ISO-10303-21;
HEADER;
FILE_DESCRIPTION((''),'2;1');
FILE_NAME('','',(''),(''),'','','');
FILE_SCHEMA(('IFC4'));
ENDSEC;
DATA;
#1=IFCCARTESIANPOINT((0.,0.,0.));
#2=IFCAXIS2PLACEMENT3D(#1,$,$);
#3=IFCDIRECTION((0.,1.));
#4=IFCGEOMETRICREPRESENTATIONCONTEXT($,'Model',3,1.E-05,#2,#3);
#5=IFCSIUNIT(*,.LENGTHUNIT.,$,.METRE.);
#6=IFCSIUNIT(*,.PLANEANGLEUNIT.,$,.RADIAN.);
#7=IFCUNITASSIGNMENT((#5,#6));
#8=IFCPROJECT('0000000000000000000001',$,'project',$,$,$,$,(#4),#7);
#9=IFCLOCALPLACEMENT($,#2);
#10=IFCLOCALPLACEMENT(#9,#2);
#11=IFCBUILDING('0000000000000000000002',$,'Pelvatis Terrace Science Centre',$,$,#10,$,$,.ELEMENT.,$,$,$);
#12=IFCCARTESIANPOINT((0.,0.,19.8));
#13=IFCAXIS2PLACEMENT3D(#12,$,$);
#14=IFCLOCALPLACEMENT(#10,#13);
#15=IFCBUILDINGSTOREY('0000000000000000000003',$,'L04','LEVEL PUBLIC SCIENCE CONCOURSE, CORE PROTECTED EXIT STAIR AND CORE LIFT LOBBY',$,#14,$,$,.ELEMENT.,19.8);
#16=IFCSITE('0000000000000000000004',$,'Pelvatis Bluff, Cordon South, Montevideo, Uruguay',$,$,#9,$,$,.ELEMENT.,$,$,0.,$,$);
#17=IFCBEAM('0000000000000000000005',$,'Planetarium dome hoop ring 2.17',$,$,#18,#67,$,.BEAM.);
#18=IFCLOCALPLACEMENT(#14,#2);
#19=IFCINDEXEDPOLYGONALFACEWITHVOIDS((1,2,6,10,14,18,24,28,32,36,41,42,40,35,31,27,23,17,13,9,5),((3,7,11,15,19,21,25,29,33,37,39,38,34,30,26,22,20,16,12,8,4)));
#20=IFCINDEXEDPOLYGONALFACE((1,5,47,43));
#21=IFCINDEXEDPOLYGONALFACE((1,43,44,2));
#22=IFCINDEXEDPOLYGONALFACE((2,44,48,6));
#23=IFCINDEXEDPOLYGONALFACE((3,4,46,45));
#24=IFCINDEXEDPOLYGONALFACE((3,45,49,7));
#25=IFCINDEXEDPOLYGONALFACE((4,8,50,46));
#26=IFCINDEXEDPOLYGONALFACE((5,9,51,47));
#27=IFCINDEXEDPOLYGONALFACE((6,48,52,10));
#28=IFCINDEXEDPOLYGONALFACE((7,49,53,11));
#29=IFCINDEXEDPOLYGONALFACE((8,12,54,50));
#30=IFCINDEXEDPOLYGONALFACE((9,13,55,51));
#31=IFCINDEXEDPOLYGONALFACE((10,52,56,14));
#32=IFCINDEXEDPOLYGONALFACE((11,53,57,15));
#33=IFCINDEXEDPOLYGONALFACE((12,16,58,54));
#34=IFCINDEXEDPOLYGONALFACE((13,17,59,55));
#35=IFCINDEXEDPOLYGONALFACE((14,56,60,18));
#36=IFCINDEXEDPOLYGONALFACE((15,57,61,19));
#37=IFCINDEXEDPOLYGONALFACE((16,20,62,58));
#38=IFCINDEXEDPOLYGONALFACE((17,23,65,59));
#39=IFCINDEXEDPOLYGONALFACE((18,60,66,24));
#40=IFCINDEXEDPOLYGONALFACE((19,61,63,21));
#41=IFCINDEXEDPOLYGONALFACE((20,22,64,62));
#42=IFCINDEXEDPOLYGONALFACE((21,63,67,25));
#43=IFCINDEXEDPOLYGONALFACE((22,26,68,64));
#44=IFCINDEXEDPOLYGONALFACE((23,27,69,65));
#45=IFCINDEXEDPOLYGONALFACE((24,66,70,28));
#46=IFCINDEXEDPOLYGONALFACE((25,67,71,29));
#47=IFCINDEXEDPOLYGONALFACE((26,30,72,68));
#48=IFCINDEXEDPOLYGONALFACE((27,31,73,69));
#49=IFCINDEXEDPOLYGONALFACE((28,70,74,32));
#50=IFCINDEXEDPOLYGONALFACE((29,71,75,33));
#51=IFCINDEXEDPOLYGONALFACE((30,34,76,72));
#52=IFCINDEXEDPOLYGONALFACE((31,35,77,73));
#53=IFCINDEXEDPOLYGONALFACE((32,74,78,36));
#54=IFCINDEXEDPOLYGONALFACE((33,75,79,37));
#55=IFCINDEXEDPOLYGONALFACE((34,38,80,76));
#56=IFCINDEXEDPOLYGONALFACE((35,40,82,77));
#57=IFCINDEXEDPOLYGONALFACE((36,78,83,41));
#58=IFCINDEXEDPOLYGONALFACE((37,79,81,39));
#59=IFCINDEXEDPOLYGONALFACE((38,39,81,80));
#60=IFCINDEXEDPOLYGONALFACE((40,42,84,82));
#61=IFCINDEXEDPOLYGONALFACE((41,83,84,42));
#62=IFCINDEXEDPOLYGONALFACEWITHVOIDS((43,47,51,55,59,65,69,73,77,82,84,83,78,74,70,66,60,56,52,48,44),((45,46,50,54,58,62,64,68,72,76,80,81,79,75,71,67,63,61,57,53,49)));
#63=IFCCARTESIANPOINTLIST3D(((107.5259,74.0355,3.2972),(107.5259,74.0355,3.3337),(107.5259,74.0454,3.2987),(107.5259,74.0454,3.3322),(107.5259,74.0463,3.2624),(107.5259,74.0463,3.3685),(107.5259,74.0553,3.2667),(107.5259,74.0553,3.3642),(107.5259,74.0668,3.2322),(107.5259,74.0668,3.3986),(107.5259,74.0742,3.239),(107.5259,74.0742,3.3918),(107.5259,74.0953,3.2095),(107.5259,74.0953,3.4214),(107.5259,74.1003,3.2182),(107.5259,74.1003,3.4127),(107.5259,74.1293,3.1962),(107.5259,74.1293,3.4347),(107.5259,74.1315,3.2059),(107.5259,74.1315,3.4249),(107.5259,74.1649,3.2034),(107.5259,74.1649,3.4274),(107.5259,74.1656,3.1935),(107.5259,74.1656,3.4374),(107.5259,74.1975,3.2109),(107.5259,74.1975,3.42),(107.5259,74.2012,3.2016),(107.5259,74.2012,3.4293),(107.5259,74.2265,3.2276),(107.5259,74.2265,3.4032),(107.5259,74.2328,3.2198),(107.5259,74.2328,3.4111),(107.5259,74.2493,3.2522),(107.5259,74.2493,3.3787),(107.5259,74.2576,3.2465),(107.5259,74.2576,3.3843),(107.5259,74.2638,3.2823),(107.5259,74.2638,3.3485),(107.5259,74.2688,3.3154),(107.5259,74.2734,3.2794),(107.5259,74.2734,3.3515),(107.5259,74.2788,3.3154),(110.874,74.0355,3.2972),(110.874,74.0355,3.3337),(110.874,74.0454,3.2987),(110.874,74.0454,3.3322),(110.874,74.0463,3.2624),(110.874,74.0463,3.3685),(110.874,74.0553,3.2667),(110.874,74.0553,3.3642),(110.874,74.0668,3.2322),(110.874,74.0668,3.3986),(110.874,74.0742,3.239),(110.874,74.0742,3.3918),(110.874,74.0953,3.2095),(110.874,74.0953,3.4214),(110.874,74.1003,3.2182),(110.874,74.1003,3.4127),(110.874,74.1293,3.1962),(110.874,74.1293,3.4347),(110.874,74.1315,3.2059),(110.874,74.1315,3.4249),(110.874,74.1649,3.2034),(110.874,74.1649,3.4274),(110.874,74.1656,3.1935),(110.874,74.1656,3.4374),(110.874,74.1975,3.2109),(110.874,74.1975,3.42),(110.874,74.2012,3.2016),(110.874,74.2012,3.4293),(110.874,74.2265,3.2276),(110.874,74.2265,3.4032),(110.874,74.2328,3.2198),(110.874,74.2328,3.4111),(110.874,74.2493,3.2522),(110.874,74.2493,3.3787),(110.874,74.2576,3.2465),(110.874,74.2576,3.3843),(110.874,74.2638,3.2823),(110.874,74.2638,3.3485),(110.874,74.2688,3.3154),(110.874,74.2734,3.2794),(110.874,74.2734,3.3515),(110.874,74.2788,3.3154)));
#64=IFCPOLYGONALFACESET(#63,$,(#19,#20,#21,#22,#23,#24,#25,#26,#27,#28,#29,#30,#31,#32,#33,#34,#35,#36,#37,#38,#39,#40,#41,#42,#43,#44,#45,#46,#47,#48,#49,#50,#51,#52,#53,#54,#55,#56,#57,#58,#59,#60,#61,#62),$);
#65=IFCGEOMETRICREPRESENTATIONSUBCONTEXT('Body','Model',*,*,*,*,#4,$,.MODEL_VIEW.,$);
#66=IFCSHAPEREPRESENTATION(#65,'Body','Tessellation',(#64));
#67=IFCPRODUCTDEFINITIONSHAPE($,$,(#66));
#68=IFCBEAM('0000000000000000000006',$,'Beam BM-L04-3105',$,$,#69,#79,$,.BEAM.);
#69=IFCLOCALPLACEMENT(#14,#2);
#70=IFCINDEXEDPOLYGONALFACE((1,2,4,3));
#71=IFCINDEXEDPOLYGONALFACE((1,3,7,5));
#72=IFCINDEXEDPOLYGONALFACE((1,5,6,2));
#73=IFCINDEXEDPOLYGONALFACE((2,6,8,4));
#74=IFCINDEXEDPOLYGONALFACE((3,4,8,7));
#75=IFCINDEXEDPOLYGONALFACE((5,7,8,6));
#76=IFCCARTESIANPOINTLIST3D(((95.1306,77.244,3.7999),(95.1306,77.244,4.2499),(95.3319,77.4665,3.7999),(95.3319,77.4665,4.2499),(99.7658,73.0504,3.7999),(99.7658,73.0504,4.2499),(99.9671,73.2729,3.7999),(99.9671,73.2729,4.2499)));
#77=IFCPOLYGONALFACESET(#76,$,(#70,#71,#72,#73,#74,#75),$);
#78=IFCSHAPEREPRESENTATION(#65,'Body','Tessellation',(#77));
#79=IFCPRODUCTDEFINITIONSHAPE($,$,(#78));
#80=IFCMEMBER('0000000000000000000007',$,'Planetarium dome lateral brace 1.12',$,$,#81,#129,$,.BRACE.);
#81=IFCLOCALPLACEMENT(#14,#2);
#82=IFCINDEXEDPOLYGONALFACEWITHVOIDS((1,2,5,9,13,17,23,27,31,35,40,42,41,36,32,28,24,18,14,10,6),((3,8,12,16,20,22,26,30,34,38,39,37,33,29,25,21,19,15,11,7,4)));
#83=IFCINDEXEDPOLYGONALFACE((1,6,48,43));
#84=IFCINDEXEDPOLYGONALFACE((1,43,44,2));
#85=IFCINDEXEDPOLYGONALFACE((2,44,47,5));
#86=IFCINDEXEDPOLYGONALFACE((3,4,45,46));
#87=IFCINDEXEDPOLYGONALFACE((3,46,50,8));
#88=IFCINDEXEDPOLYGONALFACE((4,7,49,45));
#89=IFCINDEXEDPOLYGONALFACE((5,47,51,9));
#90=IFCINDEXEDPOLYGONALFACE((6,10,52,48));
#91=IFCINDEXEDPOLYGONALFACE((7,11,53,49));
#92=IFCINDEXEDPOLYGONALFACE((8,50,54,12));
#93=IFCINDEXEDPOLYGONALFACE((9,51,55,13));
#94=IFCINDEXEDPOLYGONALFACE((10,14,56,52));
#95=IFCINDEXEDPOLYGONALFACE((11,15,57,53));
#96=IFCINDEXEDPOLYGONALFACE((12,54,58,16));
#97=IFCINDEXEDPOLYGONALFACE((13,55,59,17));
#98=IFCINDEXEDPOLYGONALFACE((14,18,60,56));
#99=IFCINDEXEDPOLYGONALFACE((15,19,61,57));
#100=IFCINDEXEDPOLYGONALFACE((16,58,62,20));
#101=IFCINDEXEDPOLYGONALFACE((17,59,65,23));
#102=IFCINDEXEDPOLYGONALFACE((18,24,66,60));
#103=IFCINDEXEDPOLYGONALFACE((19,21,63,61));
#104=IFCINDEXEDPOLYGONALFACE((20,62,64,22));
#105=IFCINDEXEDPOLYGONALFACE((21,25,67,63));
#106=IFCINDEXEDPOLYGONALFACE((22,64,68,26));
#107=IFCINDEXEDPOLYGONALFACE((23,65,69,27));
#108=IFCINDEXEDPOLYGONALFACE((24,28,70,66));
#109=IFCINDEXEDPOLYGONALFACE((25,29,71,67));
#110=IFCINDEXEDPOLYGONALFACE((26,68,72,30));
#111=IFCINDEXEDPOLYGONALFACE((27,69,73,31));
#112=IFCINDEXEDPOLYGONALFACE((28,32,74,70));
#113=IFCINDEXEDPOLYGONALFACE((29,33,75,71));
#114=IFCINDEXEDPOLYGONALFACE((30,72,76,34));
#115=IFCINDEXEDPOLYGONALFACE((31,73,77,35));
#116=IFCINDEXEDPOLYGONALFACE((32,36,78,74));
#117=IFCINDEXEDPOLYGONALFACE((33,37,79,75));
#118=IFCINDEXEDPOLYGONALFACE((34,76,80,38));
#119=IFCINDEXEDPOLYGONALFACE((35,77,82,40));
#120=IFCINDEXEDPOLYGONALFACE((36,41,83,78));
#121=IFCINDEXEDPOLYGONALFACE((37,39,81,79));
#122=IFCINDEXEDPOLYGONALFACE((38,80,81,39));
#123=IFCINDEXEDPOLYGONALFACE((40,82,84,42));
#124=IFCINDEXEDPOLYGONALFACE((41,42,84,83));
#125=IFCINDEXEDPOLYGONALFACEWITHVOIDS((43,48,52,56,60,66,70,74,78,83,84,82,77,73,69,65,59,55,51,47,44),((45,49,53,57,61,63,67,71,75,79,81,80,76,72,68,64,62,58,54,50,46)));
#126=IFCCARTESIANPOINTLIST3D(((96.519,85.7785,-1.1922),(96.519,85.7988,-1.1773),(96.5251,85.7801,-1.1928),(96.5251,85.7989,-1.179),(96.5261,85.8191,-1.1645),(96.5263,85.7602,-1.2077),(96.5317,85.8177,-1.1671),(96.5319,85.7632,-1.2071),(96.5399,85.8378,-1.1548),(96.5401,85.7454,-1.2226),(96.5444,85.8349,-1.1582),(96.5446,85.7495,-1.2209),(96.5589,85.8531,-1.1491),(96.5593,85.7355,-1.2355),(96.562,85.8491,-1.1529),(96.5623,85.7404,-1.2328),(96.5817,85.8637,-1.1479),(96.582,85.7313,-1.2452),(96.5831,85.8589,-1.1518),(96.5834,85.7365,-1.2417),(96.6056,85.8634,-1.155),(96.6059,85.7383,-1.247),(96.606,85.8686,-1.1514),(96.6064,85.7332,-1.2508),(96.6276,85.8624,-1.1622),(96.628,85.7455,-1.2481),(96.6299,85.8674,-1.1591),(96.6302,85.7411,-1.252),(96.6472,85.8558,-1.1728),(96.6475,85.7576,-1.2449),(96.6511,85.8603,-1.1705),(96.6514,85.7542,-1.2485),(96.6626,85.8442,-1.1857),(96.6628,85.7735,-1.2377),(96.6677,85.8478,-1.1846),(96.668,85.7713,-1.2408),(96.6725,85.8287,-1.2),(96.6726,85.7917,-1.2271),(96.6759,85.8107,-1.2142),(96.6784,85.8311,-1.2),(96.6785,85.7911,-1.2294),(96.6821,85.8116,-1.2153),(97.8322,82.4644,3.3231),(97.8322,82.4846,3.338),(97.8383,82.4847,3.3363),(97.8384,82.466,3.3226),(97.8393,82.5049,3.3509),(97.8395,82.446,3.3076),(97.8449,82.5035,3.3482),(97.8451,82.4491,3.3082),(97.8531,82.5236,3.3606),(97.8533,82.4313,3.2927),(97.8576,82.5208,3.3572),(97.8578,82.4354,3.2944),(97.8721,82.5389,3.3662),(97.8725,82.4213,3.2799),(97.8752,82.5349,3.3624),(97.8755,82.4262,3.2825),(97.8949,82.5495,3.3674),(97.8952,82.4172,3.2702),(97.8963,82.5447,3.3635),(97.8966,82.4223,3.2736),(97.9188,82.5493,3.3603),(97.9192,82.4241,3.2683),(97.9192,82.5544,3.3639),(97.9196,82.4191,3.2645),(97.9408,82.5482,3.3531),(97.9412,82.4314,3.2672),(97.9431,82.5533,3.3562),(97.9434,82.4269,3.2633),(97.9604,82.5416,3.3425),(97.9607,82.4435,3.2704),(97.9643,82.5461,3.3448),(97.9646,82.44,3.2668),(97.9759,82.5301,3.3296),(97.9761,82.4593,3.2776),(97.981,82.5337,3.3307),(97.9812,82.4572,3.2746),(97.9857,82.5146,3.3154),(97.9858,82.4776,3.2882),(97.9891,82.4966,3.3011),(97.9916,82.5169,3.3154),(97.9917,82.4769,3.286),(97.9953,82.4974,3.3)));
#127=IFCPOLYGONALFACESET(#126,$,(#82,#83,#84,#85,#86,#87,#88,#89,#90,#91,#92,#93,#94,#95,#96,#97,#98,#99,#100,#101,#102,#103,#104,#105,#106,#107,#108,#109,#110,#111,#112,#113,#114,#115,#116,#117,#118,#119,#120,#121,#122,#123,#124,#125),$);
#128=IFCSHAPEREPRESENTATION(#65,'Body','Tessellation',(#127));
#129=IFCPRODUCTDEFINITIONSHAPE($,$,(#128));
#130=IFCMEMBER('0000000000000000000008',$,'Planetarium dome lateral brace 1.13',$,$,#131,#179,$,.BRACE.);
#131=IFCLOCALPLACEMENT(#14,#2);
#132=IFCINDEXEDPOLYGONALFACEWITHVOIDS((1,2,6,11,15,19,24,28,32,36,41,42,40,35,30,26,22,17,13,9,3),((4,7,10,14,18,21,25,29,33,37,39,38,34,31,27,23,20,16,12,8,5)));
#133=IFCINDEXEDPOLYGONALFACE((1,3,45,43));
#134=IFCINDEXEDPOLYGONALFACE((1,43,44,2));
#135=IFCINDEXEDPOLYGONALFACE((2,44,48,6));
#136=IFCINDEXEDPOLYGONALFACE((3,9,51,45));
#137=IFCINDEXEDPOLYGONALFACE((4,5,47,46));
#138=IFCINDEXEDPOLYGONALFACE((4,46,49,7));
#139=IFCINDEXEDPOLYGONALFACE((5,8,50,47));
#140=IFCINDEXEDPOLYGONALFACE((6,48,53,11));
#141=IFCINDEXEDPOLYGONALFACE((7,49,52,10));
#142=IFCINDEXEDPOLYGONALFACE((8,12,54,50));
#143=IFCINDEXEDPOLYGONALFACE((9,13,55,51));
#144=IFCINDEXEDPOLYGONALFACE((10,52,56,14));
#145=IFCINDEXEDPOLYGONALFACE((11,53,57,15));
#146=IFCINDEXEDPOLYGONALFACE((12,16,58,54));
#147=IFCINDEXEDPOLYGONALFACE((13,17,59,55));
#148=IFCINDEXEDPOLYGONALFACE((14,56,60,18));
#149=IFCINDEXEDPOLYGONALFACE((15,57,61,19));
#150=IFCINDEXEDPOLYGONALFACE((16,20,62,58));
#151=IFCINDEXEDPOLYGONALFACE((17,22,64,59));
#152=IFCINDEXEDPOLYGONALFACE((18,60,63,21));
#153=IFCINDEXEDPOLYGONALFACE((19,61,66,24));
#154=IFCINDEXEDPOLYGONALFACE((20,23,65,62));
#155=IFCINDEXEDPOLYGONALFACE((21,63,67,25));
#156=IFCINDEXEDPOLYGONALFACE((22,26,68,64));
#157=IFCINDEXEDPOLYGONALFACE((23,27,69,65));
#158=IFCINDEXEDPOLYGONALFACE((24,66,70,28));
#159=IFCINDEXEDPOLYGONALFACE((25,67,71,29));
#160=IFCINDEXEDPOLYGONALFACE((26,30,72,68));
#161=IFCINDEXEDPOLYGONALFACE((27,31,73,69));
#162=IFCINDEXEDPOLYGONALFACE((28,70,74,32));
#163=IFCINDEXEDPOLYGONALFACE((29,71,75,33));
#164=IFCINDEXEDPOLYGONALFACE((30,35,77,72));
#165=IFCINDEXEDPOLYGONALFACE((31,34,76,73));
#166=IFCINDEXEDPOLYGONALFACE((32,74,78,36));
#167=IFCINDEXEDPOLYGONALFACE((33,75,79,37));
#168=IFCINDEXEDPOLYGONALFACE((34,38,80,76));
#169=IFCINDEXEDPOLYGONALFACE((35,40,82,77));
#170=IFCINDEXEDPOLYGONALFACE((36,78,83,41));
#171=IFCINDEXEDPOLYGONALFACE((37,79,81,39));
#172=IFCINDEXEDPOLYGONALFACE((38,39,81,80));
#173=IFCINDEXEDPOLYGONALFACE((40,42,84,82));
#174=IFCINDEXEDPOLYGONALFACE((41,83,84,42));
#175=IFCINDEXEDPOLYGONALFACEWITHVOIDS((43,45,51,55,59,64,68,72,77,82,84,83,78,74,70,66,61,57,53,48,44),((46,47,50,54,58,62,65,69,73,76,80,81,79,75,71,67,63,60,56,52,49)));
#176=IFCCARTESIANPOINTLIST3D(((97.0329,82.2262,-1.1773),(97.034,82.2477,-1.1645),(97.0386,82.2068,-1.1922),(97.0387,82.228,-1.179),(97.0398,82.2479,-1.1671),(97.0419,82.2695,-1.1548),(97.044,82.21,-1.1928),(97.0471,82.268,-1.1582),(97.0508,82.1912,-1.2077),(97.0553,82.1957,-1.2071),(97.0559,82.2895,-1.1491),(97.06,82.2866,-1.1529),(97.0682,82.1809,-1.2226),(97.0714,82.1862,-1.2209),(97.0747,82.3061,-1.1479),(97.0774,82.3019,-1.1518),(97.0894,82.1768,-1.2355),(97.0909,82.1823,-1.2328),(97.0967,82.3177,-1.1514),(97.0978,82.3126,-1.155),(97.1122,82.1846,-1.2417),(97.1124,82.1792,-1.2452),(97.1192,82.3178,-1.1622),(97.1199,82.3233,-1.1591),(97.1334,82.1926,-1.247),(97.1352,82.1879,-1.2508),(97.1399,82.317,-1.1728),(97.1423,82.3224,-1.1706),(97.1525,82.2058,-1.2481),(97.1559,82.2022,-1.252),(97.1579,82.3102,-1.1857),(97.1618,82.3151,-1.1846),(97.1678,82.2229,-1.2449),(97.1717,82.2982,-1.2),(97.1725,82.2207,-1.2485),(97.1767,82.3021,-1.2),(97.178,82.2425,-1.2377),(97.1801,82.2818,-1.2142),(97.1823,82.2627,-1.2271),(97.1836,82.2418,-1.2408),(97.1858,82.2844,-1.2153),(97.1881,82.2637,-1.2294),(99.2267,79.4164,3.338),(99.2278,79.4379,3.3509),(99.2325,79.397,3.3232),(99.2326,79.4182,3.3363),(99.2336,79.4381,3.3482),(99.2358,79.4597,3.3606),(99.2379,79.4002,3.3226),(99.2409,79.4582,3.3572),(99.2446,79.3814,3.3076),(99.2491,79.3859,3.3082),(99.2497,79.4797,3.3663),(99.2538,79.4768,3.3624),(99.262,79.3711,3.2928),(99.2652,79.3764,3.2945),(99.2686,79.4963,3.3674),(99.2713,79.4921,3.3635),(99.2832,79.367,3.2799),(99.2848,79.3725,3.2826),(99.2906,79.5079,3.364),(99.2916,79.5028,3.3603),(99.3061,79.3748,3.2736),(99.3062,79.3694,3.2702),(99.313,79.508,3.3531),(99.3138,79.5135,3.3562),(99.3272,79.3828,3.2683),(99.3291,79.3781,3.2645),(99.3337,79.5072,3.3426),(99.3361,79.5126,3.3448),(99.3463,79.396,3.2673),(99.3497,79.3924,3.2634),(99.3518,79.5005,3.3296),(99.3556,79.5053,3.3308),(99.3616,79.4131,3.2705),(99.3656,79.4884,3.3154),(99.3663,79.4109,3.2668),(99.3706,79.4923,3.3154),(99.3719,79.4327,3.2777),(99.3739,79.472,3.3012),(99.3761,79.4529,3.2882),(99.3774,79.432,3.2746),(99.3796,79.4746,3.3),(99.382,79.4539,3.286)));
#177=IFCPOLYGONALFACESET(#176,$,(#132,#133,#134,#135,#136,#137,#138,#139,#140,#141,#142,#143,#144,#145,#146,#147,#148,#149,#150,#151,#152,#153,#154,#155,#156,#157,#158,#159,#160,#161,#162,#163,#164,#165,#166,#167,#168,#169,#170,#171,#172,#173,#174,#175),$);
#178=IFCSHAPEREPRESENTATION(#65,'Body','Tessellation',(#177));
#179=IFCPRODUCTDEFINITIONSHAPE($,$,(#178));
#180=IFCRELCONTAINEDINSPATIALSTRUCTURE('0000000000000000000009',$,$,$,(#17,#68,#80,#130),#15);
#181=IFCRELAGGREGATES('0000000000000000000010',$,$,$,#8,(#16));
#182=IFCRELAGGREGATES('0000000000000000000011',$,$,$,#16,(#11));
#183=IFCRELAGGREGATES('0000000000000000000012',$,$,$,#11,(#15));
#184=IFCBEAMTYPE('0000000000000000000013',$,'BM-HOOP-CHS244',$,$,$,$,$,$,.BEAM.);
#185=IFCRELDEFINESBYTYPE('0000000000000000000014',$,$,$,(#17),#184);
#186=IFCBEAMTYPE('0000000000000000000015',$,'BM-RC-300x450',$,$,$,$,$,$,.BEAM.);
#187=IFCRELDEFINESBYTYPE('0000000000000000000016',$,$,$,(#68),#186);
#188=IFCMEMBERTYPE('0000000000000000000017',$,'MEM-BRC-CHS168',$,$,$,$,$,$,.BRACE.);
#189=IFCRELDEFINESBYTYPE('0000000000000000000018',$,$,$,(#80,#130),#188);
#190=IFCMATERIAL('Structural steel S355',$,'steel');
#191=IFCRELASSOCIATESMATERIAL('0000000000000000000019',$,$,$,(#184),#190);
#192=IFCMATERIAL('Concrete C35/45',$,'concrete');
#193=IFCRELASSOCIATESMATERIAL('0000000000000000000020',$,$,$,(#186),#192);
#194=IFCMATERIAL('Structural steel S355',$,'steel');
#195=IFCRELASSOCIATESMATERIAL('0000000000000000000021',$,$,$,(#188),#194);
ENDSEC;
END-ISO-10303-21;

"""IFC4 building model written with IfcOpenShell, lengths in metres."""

from ifc_helpers import new_model, si_unit, direction, frame, origin, origin_2d, place, context, subcontext, project, spatial, rectangle, hollow_circle, extrude, material, material_profile, profile_set, type_object, element, save


model = new_model("IFC4")

# Units and contexts
model_context = context("Model", 3, precision=1e-05, world=origin(), true_north=direction((0.0, 1.0)))
body_context = subcontext(model_context, "Body", "Model", "MODEL_VIEW")
ifc_project = project(units=[si_unit("LENGTHUNIT", "METRE"), si_unit("PLANEANGLEUNIT", "RADIAN")], contexts=[model_context])

# Site, building, storey
site_placement = place(None, origin())
site = spatial("IfcSite", under=ifc_project, at=site_placement, Name="Pelvatis Bluff, Cordon South, Montevideo, Uruguay", CompositionType="ELEMENT", RefElevation=0.0)
building_placement = place(site_placement, origin())
building = spatial("IfcBuilding", under=site, at=building_placement, Name="Pelvatis Terrace Science Centre", CompositionType="ELEMENT")
storey_placement = place(building_placement, frame((0.0, 0.0, 19.8)))
storey = spatial("IfcBuildingStorey", under=building, at=storey_placement, Name="L04", Description="LEVEL PUBLIC SCIENCE CONCOURSE, CORE PROTECTED EXIT STAIR AND CORE LIFT LOBBY", CompositionType="ELEMENT", Elevation=19.8)

# Beams
ifc_material_1 = material(Name="Structural steel S355", Category="steel")
ifc_material_profile_1 = material_profile(ifc_material_1, hollow_circle(Radius=0.1223, WallThickness=0.01, at=origin_2d()), Name="CHS 244.5x10.0")
ifc_profile_set_1 = profile_set([ifc_material_profile_1], Name="Structural steel S355")
beam_type_1 = type_object("IfcBeamType", Name="BM-HOOP-CHS244", PredefinedType="BEAM", material=ifc_profile_set_1)
for number, where, z_axis, x_axis, name in (
    (1, (107.5259, 74.1565, 3.3154), (1.0, 0.0, 0.0), (0.0, 1.0, 0.0), "Planetarium dome hoop ring 2.17"),
):
    element("IfcBeam", number, at=place(storey_placement, frame(where, z_axis=z_axis, x_axis=x_axis)), inside=storey, type_object=beam_type_1, Name=name, PredefinedType="BEAM", context=body_context, shape_type="SweptSolid", body=[
        extrude(hollow_circle(Radius=0.1223, WallThickness=0.01, at=origin_2d()), origin(), (0.0, 0.0, 1.0), 3.3481),
    ])
ifc_material_2 = material(Name="Concrete C35/45", Category="concrete")
ifc_material_profile_2 = material_profile(ifc_material_2, rectangle(XDim=0.3, YDim=0.45, at=origin_2d()), Name="RC-BM 300x450")
ifc_profile_set_2 = profile_set([ifc_material_profile_2], Name="Concrete C35/45")
beam_type_2 = type_object("IfcBeamType", Name="BM-RC-300x450", PredefinedType="BEAM", material=ifc_profile_set_2)
beam_1_placement = place(storey_placement, frame((95.2312, 77.3552, 4.0249), z_axis=(0.741552, -0.670896, 0.0), x_axis=(0.670896, 0.741552, 0.0)))
element("IfcBeam", 2, at=beam_1_placement, inside=storey, type_object=beam_type_2, Name="Beam BM-L04-3105", PredefinedType="BEAM", context=body_context, shape_type="SweptSolid", body=[
    extrude(rectangle(XDim=0.3, YDim=0.45, at=origin_2d()), origin(), (0.0, 0.0, 1.0), 6.2507),
])

# Members
ifc_material_3 = material(Name="Structural steel S355", Category="steel")
ifc_material_profile_3 = material_profile(ifc_material_3, hollow_circle(Radius=0.0842, WallThickness=0.0063, at=origin_2d()), Name="CHS 168.3x6.3")
ifc_profile_set_3 = profile_set([ifc_material_profile_3], Name="Structural steel S355")
member_type = type_object("IfcMemberType", Name="MEM-BRC-CHS168", PredefinedType="BRACE", material=ifc_profile_set_3)
for number, where, z_axis, x_axis, name in (
    (3, (96.6001, 85.8, -1.2), (0.228268, -0.576082, 0.784872), (0.929676, 0.368378, 0.0), "Planetarium dome lateral brace 1.12"),
    (4, (97.1104, 82.2502, -1.2), (0.381342, -0.488411, 0.784878), (0.788204, 0.615414, 0.0), "Planetarium dome lateral brace 1.13"),
):
    element("IfcMember", number, at=place(storey_placement, frame(where, z_axis=z_axis, x_axis=x_axis)), inside=storey, type_object=member_type, Name=name, PredefinedType="BRACE", context=body_context, shape_type="SweptSolid", body=[
        extrude(hollow_circle(Radius=0.0842, WallThickness=0.0063, at=origin_2d()), origin(), (0.0, 0.0, 1.0), 5.7529),
    ])

save(model, "model.ifc")
